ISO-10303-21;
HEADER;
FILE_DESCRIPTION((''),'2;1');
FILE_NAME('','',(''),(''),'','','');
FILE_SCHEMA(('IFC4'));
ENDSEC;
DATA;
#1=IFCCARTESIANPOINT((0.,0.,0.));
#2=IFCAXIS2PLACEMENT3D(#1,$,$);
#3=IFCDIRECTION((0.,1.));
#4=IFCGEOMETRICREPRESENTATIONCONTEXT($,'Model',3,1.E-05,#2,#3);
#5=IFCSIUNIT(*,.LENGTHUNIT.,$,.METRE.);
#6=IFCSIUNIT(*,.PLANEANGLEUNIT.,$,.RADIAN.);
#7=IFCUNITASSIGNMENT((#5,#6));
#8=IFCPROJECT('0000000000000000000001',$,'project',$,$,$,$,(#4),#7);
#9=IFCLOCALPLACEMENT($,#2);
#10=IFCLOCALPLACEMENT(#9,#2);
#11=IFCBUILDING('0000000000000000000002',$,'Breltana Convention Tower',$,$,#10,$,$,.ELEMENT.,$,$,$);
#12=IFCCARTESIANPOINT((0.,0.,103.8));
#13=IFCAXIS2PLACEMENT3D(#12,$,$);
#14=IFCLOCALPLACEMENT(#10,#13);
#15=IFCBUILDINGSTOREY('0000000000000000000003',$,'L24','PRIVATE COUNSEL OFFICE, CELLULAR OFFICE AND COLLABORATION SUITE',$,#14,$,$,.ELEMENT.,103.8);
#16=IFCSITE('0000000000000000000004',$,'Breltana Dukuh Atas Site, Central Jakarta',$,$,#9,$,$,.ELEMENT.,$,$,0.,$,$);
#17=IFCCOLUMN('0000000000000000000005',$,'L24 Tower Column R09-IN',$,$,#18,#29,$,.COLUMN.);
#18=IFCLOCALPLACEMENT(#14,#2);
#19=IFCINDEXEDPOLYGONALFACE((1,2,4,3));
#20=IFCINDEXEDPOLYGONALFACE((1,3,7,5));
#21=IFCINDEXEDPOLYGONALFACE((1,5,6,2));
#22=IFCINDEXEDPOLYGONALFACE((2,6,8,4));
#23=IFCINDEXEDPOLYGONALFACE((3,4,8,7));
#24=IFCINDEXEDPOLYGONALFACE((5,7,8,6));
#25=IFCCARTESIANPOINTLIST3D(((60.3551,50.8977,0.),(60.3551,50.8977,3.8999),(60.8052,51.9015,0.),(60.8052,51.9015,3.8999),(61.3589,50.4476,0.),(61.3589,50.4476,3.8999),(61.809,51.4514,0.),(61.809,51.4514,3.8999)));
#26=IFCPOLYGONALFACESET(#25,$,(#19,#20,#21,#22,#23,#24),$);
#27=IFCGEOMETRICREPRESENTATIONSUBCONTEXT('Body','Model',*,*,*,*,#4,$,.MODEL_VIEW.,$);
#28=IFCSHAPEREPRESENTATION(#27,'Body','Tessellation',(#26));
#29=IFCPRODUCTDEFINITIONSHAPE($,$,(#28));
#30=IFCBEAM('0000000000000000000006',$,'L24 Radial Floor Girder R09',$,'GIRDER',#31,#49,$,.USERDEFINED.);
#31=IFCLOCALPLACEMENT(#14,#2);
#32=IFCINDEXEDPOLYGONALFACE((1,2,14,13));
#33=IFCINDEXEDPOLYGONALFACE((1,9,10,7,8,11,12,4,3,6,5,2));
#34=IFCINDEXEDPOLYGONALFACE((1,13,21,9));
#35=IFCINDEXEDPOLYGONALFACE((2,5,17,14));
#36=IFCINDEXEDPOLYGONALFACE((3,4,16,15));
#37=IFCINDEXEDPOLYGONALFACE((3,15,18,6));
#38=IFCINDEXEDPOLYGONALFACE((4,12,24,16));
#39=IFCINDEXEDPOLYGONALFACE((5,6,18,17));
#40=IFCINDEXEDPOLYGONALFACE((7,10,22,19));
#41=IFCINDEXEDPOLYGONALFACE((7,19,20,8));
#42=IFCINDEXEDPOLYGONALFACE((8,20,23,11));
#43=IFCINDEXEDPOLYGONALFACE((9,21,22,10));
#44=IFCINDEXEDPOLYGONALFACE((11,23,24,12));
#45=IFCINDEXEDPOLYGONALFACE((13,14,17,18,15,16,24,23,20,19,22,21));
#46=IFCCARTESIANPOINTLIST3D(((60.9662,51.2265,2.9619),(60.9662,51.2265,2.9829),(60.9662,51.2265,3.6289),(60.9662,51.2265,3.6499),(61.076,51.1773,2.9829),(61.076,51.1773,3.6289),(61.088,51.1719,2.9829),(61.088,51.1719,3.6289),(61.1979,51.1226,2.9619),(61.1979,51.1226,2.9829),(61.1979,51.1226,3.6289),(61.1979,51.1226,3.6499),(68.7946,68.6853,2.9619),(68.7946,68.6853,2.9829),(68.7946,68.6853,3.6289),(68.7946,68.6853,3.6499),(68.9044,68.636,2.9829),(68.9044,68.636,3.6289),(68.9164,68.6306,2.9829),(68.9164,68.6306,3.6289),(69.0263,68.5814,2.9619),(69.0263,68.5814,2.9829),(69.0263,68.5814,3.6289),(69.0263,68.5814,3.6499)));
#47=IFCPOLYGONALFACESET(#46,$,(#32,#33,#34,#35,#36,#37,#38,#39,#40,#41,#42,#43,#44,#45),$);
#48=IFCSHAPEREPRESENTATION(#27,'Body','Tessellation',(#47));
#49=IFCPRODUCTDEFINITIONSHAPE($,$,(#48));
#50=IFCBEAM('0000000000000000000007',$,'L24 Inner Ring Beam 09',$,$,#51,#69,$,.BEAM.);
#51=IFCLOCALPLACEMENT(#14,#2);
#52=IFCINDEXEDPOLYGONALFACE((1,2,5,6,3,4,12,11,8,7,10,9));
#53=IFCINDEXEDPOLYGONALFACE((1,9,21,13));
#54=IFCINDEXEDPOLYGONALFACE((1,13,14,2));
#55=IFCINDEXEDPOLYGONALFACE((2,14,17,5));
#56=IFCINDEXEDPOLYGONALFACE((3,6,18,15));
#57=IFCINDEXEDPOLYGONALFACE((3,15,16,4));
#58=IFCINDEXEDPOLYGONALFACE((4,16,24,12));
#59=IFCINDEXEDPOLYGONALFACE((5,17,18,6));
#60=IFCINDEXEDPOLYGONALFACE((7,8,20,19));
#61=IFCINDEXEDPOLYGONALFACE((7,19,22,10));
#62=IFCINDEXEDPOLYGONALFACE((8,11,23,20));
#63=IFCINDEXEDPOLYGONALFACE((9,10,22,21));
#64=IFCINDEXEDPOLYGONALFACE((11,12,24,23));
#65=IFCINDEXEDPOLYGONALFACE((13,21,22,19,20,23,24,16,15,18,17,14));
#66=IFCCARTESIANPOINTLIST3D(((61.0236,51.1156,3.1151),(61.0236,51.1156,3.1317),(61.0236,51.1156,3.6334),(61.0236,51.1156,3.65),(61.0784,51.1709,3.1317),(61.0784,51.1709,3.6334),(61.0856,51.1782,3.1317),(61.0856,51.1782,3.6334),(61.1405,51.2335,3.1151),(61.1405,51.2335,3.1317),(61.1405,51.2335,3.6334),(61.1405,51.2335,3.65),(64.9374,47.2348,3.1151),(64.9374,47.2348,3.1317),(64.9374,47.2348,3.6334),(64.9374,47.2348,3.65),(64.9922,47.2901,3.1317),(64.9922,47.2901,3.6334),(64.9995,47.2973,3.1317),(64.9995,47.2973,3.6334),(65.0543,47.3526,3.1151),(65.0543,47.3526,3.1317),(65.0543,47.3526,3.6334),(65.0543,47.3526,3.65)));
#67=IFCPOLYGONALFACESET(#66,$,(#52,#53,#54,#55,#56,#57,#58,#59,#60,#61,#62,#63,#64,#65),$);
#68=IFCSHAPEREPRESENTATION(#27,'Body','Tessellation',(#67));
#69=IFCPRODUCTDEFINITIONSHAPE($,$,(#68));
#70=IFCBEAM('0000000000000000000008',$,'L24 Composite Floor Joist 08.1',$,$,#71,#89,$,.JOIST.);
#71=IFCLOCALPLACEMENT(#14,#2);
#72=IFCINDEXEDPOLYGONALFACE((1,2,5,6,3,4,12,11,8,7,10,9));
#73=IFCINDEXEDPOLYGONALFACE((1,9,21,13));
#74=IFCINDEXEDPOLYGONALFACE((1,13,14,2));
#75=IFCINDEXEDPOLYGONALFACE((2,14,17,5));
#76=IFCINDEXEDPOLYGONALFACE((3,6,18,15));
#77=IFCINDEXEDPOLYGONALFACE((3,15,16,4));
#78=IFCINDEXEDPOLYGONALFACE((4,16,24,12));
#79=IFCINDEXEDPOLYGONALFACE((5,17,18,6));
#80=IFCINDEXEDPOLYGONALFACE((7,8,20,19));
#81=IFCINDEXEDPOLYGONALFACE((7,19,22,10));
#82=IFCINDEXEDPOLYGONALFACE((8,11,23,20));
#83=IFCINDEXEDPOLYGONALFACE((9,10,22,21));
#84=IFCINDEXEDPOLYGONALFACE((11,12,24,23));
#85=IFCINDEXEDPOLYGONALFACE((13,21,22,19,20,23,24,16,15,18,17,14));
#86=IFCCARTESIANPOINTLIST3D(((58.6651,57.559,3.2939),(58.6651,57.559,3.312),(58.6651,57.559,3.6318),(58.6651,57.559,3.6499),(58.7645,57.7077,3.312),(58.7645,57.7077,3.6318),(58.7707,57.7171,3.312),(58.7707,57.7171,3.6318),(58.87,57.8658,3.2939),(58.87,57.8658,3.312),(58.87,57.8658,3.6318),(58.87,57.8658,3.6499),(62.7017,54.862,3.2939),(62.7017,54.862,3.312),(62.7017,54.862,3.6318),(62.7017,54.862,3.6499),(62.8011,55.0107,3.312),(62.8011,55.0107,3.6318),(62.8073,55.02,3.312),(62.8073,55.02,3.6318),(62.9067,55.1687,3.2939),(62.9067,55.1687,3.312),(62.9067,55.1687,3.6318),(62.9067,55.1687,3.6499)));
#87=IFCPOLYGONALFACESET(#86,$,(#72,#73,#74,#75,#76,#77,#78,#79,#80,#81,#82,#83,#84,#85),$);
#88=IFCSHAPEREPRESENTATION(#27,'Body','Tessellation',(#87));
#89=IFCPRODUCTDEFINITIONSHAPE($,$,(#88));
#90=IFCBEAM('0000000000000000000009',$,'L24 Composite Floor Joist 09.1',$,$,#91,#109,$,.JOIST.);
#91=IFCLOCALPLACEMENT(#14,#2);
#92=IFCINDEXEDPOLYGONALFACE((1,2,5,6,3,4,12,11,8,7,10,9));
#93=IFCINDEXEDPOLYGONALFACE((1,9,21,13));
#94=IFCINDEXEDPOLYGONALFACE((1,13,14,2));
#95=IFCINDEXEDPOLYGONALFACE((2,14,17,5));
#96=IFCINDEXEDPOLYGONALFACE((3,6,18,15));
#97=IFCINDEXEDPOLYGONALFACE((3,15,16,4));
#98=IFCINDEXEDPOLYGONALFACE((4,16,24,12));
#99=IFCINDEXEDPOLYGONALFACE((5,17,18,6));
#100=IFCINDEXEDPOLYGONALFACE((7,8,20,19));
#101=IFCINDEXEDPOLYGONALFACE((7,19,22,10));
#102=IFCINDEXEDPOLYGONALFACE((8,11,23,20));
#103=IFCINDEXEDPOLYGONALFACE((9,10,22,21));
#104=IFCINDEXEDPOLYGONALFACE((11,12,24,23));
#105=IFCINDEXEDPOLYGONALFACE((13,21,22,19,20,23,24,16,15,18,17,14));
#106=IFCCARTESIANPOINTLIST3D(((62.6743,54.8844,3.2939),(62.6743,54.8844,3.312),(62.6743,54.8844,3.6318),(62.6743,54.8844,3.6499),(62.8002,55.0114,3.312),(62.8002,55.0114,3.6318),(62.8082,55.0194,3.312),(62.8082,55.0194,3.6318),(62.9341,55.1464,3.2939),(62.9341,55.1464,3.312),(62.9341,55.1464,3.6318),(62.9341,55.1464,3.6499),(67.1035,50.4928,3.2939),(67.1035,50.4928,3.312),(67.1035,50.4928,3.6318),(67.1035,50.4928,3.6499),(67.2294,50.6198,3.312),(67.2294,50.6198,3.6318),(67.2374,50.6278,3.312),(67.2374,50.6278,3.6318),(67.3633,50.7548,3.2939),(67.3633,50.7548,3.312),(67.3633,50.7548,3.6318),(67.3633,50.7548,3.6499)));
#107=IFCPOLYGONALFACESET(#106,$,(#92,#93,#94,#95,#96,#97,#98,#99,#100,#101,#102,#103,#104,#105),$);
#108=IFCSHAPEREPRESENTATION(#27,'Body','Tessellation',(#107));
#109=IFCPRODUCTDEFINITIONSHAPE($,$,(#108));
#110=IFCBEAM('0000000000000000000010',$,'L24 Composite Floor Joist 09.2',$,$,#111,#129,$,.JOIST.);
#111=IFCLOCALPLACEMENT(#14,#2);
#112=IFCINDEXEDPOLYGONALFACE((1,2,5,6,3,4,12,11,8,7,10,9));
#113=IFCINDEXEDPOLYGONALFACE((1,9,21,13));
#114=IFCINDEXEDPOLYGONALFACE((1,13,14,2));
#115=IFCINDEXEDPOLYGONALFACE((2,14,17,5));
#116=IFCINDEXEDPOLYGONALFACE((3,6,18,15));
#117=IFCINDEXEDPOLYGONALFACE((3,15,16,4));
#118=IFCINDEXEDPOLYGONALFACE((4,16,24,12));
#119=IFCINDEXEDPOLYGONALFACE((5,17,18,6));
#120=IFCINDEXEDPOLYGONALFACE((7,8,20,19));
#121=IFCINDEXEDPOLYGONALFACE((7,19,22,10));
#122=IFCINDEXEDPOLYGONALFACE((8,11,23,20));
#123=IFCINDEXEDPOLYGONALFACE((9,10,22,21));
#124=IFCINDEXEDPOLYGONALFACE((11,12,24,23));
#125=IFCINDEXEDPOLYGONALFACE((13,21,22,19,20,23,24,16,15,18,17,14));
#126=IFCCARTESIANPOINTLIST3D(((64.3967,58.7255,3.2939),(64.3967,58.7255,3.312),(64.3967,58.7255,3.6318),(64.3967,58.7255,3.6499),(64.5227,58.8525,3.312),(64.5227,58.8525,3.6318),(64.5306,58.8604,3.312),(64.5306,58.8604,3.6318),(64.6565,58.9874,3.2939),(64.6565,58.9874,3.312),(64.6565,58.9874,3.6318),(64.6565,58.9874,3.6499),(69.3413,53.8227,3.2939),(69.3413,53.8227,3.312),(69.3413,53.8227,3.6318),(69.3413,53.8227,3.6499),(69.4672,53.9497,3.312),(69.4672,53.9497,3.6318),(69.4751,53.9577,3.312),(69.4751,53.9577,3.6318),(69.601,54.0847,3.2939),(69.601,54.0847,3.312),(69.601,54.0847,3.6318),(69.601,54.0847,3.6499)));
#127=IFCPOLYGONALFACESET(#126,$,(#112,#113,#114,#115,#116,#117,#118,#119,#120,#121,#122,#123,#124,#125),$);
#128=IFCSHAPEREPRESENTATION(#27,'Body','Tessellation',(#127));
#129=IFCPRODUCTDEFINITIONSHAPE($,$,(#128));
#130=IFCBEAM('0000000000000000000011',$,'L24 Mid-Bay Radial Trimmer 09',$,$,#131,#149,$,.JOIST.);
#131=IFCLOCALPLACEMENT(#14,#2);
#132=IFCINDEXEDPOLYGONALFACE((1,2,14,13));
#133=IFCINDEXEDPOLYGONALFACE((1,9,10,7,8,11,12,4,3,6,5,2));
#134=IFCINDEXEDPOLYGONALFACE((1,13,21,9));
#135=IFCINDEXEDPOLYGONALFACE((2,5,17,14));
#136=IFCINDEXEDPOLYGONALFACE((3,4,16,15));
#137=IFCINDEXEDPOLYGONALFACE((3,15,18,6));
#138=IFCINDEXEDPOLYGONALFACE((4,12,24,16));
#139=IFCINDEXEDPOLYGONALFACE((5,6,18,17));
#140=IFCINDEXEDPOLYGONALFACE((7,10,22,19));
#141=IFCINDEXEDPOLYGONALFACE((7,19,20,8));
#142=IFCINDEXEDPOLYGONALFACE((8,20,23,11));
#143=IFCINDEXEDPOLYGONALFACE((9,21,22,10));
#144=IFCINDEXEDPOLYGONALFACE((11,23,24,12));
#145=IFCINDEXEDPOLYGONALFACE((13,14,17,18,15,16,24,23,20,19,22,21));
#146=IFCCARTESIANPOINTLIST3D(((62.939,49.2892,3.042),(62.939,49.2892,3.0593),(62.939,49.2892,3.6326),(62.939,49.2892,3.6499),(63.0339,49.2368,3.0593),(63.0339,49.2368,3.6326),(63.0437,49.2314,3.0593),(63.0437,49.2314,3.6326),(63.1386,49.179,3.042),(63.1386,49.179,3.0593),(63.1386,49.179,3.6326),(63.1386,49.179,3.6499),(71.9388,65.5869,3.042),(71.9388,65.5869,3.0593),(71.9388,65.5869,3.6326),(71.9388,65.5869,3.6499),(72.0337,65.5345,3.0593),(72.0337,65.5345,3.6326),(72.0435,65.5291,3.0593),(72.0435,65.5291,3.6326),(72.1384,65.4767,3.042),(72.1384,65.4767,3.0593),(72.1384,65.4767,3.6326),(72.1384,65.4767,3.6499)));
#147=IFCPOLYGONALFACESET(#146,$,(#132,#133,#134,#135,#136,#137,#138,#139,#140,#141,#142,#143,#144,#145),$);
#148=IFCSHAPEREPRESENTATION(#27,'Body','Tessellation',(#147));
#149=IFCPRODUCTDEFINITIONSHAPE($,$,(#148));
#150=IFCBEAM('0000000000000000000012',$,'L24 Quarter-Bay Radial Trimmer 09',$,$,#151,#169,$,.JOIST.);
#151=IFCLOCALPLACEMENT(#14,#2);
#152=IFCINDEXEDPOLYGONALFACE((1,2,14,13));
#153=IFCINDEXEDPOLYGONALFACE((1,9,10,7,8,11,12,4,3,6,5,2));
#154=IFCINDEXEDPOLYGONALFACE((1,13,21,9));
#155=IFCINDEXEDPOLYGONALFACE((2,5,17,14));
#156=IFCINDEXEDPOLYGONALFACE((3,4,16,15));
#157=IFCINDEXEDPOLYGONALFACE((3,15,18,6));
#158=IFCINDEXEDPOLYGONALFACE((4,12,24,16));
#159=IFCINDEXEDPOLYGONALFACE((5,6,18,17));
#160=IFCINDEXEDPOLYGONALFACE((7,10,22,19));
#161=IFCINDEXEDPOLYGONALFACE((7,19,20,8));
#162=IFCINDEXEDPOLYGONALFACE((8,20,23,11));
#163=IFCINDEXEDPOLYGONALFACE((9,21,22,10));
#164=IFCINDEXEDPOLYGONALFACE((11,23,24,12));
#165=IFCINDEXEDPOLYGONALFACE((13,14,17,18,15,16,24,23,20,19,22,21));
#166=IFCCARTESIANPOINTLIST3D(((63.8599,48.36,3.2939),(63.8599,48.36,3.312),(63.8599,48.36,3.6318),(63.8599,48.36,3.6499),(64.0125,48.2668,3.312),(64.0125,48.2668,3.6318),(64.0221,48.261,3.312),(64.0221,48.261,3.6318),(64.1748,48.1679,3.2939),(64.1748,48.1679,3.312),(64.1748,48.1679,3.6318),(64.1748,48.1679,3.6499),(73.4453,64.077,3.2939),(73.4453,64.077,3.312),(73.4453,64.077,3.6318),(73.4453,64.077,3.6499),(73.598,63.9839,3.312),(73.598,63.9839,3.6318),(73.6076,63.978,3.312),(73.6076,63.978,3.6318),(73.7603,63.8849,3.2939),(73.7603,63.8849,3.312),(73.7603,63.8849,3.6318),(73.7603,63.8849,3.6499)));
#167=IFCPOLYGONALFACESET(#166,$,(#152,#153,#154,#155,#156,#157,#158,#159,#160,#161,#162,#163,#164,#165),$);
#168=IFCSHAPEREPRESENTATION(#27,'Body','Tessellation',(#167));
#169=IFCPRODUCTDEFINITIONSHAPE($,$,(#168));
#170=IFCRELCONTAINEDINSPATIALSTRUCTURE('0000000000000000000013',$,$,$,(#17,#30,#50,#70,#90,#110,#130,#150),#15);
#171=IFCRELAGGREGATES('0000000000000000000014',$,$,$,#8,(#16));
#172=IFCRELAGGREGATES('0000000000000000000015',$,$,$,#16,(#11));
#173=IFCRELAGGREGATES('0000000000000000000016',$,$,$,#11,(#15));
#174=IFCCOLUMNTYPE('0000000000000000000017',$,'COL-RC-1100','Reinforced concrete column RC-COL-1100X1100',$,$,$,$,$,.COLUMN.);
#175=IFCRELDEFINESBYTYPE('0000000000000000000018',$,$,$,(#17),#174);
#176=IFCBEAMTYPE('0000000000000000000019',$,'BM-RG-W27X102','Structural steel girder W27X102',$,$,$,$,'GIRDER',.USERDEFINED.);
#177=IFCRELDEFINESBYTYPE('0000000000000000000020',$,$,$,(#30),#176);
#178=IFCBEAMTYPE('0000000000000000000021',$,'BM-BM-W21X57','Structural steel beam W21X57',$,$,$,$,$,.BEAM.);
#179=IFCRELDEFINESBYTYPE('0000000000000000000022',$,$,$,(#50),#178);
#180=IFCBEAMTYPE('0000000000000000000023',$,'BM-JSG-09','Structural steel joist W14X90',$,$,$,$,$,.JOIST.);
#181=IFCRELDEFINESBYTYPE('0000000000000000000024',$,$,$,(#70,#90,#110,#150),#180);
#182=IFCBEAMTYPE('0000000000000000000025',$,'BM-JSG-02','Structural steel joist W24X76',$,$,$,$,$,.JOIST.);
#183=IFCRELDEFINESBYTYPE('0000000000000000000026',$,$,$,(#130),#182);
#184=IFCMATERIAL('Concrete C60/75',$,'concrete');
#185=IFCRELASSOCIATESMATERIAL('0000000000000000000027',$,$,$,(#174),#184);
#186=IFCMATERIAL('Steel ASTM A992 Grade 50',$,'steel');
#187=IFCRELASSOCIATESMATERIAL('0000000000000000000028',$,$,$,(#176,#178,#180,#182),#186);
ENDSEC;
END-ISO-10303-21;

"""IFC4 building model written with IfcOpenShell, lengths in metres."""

from ifc_helpers import new_model, si_unit, direction, frame, origin, origin_2d, place, context, subcontext, project, spatial, rectangle, i_section, extrude, source, transform, mapped, material, material_profile, profile_set, type_object, element, save


model = new_model("IFC4")

# Units and contexts
model_context = context("Model", 3, precision=1e-05, world=origin(), true_north=direction((0.0, 1.0)))
body_context = subcontext(model_context, "Body", "Model", "MODEL_VIEW")
ifc_project = project(units=[si_unit("LENGTHUNIT", "METRE"), si_unit("PLANEANGLEUNIT", "RADIAN")], contexts=[model_context])

# Site, building, storey
site_placement = place(None, origin())
site = spatial("IfcSite", under=ifc_project, at=site_placement, Name="Breltana Dukuh Atas Site, Central Jakarta", CompositionType="ELEMENT", RefElevation=0.0)
building_placement = place(site_placement, origin())
building = spatial("IfcBuilding", under=site, at=building_placement, Name="Breltana Convention Tower", CompositionType="ELEMENT")
storey_placement = place(building_placement, frame((0.0, 0.0, 103.8)))
storey = spatial("IfcBuildingStorey", under=building, at=storey_placement, Name="L24", Description="PRIVATE COUNSEL OFFICE, CELLULAR OFFICE AND COLLABORATION SUITE", CompositionType="ELEMENT", Elevation=103.8)

# Column
ifc_material_1 = material(Name="Concrete C60/75", Category="concrete")
ifc_material_profile_1 = material_profile(ifc_material_1, rectangle(XDim=1.1001, YDim=1.1001, at=origin_2d()), Name="RC-COL-1100X1100")
ifc_profile_set_1 = profile_set([ifc_material_profile_1], Name="Concrete C60/75")
column_type = type_object("IfcColumnType", Name="COL-RC-1100", Description="Reinforced concrete column RC-COL-1100X1100", PredefinedType="COLUMN", material=ifc_profile_set_1)
shared_shape_1 = source(origin(), body_context, "Body", "SweptSolid", [
    extrude(rectangle(XDim=1.1001, YDim=1.1001, at=origin_2d()), origin(), (0.0, 0.0, 1.0), 3.8999),
])
column_placement = place(storey_placement, frame((61.082, 51.1746, 0.0), z_axis=(0.0, 0.0, 1.0), x_axis=(0.409127, 0.912477, 0.0)))
element("IfcColumn", 1, at=column_placement, inside=storey, type_object=column_type, Name="L24 Tower Column R09-IN", PredefinedType="COLUMN", context=body_context, shape_type="MappedRepresentation", body=[
    mapped(shared_shape_1, transform((0.0, 0.0, 0.0), scale=1.0)),
])

# Beams
ifc_material_2 = material(Name="Steel ASTM A992 Grade 50", Category="steel")
ifc_material_profile_2 = material_profile(ifc_material_2, i_section(OverallWidth=0.2539, OverallDepth=0.688, WebThickness=0.0132, FlangeThickness=0.021, at=origin_2d()), Name="W27X102")
ifc_profile_set_2 = profile_set([ifc_material_profile_2], Name="Steel ASTM A992 Grade 50")
beam_type_1 = type_object("IfcBeamType", Name="BM-RG-W27X102", Description="Structural steel girder W27X102", ElementType="GIRDER", PredefinedType="USERDEFINED", material=ifc_profile_set_2)
shared_shape_2 = source(origin(), body_context, "Body", "SweptSolid", [
    extrude(i_section(OverallWidth=0.2539, OverallDepth=0.688, WebThickness=0.0132, FlangeThickness=0.021, at=origin_2d()), origin(), (0.0, 0.0, 1.0), 19.1335),
])
beam_1_placement = place(storey_placement, frame((61.082, 51.1746, 3.3059), z_axis=(0.409145, 0.91247, 0.0), x_axis=(-0.91247, 0.409145, 0.0)))
element("IfcBeam", 2, at=beam_1_placement, inside=storey, type_object=beam_type_1, Name="L24 Radial Floor Girder R09", ObjectType="GIRDER", PredefinedType="USERDEFINED", context=body_context, shape_type="MappedRepresentation", body=[
    mapped(shared_shape_2, transform((0.0, 0.0, 0.0), scale=1.0)),
])
ifc_material_profile_3 = material_profile(ifc_material_2, i_section(OverallWidth=0.166, OverallDepth=0.5349, WebThickness=0.0103, FlangeThickness=0.0166, at=origin_2d()), Name="W21X57")
ifc_profile_set_3 = profile_set([ifc_material_profile_3], Name="Steel ASTM A992 Grade 50")
beam_type_2 = type_object("IfcBeamType", Name="BM-BM-W21X57", Description="Structural steel beam W21X57", PredefinedType="BEAM", material=ifc_profile_set_3)
shared_shape_3 = source(origin(), body_context, "Body", "SweptSolid", [
    extrude(i_section(OverallWidth=0.166, OverallDepth=0.5349, WebThickness=0.0103, FlangeThickness=0.0166, at=origin_2d()), origin(), (0.0, 0.0, 1.0), 5.5117),
])
beam_2_placement = place(storey_placement, frame((61.082, 51.1746, 3.3826), z_axis=(0.71009, -0.704111, 0.0), x_axis=(0.704111, 0.71009, 0.0)))
element("IfcBeam", 3, at=beam_2_placement, inside=storey, type_object=beam_type_2, Name="L24 Inner Ring Beam 09", PredefinedType="BEAM", context=body_context, shape_type="MappedRepresentation", body=[
    mapped(shared_shape_3, transform((0.0, 0.0, 0.0), scale=1.0)),
])
ifc_material_profile_4 = material_profile(ifc_material_2, i_section(OverallWidth=0.3689, OverallDepth=0.356, WebThickness=0.0112, FlangeThickness=0.0181, at=origin_2d()), Name="W14X90")
ifc_profile_set_4 = profile_set([ifc_material_profile_4], Name="Steel ASTM A992 Grade 50")
beam_type_3 = type_object("IfcBeamType", Name="BM-JSG-09", Description="Structural steel joist W14X90", PredefinedType="JOIST", material=ifc_profile_set_4)
shared_shape_4 = source(origin(), body_context, "Body", "SweptSolid", [
    extrude(i_section(OverallWidth=0.3689, OverallDepth=0.356, WebThickness=0.0112, FlangeThickness=0.0181, at=origin_2d()), origin(), (0.0, 0.0, 1.0), 4.8547),
])
beam_3_placement = place(storey_placement, frame((58.7676, 57.7124, 3.4719), z_axis=(0.831485, -0.555547, 0.0), x_axis=(0.555547, 0.831485, 0.0)))
element("IfcBeam", 4, at=beam_3_placement, inside=storey, type_object=beam_type_3, Name="L24 Composite Floor Joist 08.1", PredefinedType="JOIST", context=body_context, shape_type="MappedRepresentation", body=[
    mapped(shared_shape_4, transform((0.0, 0.0, 0.0), scale=1.0)),
])
shared_shape_5 = source(origin(), body_context, "Body", "SweptSolid", [
    extrude(i_section(OverallWidth=0.3689, OverallDepth=0.356, WebThickness=0.0112, FlangeThickness=0.0181, at=origin_2d()), origin(), (0.0, 0.0, 1.0), 6.2373),
])
beam_4_placement = place(storey_placement, frame((62.8042, 55.0154, 3.4719), z_axis=(0.710114, -0.704086, 0.0), x_axis=(0.704086, 0.710114, 0.0)))
element("IfcBeam", 5, at=beam_4_placement, inside=storey, type_object=beam_type_3, Name="L24 Composite Floor Joist 09.1", PredefinedType="JOIST", context=body_context, shape_type="MappedRepresentation", body=[
    mapped(shared_shape_5, transform((0.0, 0.0, 0.0), scale=1.0)),
])
shared_shape_6 = source(origin(), body_context, "Body", "SweptSolid", [
    extrude(i_section(OverallWidth=0.3689, OverallDepth=0.356, WebThickness=0.0112, FlangeThickness=0.0181, at=origin_2d()), origin(), (0.0, 0.0, 1.0), 6.9631),
])
beam_5_placement = place(storey_placement, frame((64.5266, 58.8564, 3.4719), z_axis=(0.710098, -0.704103, 0.0), x_axis=(0.704103, 0.710098, 0.0)))
element("IfcBeam", 6, at=beam_5_placement, inside=storey, type_object=beam_type_3, Name="L24 Composite Floor Joist 09.2", PredefinedType="JOIST", context=body_context, shape_type="MappedRepresentation", body=[
    mapped(shared_shape_6, transform((0.0, 0.0, 0.0), scale=1.0)),
])
ifc_material_profile_5 = material_profile(ifc_material_2, i_section(OverallWidth=0.228, OverallDepth=0.6079, WebThickness=0.0112, FlangeThickness=0.0173, at=origin_2d()), Name="W24X76")
ifc_profile_set_5 = profile_set([ifc_material_profile_5], Name="Steel ASTM A992 Grade 50")
beam_type_4 = type_object("IfcBeamType", Name="BM-JSG-02", Description="Structural steel joist W24X76", PredefinedType="JOIST", material=ifc_profile_set_5)
shared_shape_7 = source(origin(), body_context, "Body", "SweptSolid", [
    extrude(i_section(OverallWidth=0.228, OverallDepth=0.6079, WebThickness=0.0112, FlangeThickness=0.0173, at=origin_2d()), origin(), (0.0, 0.0, 1.0), 18.6174),
])
beam_6_placement = place(storey_placement, frame((63.0388, 49.2341, 3.3459), z_axis=(0.483406, 0.875396, 0.0), x_axis=(-0.875396, 0.483406, 0.0)))
element("IfcBeam", 7, at=beam_6_placement, inside=storey, type_object=beam_type_4, Name="L24 Mid-Bay Radial Trimmer 09", PredefinedType="JOIST", context=body_context, shape_type="MappedRepresentation", body=[
    mapped(shared_shape_7, transform((0.0, 0.0, 0.0), scale=1.0)),
])
shared_shape_8 = source(origin(), body_context, "Body", "SweptSolid", [
    extrude(i_section(OverallWidth=0.3689, OverallDepth=0.356, WebThickness=0.0112, FlangeThickness=0.0181, at=origin_2d()), origin(), (0.0, 0.0, 1.0), 18.4094),
])
beam_7_placement = place(storey_placement, frame((64.0173, 48.2639, 3.4719), z_axis=(0.520682, 0.853751, 0.0), x_axis=(-0.853751, 0.520682, 0.0)))
element("IfcBeam", 8, at=beam_7_placement, inside=storey, type_object=beam_type_3, Name="L24 Quarter-Bay Radial Trimmer 09", PredefinedType="JOIST", context=body_context, shape_type="MappedRepresentation", body=[
    mapped(shared_shape_8, transform((0.0, 0.0, 0.0), scale=1.0)),
])

save(model, "model.ifc")
